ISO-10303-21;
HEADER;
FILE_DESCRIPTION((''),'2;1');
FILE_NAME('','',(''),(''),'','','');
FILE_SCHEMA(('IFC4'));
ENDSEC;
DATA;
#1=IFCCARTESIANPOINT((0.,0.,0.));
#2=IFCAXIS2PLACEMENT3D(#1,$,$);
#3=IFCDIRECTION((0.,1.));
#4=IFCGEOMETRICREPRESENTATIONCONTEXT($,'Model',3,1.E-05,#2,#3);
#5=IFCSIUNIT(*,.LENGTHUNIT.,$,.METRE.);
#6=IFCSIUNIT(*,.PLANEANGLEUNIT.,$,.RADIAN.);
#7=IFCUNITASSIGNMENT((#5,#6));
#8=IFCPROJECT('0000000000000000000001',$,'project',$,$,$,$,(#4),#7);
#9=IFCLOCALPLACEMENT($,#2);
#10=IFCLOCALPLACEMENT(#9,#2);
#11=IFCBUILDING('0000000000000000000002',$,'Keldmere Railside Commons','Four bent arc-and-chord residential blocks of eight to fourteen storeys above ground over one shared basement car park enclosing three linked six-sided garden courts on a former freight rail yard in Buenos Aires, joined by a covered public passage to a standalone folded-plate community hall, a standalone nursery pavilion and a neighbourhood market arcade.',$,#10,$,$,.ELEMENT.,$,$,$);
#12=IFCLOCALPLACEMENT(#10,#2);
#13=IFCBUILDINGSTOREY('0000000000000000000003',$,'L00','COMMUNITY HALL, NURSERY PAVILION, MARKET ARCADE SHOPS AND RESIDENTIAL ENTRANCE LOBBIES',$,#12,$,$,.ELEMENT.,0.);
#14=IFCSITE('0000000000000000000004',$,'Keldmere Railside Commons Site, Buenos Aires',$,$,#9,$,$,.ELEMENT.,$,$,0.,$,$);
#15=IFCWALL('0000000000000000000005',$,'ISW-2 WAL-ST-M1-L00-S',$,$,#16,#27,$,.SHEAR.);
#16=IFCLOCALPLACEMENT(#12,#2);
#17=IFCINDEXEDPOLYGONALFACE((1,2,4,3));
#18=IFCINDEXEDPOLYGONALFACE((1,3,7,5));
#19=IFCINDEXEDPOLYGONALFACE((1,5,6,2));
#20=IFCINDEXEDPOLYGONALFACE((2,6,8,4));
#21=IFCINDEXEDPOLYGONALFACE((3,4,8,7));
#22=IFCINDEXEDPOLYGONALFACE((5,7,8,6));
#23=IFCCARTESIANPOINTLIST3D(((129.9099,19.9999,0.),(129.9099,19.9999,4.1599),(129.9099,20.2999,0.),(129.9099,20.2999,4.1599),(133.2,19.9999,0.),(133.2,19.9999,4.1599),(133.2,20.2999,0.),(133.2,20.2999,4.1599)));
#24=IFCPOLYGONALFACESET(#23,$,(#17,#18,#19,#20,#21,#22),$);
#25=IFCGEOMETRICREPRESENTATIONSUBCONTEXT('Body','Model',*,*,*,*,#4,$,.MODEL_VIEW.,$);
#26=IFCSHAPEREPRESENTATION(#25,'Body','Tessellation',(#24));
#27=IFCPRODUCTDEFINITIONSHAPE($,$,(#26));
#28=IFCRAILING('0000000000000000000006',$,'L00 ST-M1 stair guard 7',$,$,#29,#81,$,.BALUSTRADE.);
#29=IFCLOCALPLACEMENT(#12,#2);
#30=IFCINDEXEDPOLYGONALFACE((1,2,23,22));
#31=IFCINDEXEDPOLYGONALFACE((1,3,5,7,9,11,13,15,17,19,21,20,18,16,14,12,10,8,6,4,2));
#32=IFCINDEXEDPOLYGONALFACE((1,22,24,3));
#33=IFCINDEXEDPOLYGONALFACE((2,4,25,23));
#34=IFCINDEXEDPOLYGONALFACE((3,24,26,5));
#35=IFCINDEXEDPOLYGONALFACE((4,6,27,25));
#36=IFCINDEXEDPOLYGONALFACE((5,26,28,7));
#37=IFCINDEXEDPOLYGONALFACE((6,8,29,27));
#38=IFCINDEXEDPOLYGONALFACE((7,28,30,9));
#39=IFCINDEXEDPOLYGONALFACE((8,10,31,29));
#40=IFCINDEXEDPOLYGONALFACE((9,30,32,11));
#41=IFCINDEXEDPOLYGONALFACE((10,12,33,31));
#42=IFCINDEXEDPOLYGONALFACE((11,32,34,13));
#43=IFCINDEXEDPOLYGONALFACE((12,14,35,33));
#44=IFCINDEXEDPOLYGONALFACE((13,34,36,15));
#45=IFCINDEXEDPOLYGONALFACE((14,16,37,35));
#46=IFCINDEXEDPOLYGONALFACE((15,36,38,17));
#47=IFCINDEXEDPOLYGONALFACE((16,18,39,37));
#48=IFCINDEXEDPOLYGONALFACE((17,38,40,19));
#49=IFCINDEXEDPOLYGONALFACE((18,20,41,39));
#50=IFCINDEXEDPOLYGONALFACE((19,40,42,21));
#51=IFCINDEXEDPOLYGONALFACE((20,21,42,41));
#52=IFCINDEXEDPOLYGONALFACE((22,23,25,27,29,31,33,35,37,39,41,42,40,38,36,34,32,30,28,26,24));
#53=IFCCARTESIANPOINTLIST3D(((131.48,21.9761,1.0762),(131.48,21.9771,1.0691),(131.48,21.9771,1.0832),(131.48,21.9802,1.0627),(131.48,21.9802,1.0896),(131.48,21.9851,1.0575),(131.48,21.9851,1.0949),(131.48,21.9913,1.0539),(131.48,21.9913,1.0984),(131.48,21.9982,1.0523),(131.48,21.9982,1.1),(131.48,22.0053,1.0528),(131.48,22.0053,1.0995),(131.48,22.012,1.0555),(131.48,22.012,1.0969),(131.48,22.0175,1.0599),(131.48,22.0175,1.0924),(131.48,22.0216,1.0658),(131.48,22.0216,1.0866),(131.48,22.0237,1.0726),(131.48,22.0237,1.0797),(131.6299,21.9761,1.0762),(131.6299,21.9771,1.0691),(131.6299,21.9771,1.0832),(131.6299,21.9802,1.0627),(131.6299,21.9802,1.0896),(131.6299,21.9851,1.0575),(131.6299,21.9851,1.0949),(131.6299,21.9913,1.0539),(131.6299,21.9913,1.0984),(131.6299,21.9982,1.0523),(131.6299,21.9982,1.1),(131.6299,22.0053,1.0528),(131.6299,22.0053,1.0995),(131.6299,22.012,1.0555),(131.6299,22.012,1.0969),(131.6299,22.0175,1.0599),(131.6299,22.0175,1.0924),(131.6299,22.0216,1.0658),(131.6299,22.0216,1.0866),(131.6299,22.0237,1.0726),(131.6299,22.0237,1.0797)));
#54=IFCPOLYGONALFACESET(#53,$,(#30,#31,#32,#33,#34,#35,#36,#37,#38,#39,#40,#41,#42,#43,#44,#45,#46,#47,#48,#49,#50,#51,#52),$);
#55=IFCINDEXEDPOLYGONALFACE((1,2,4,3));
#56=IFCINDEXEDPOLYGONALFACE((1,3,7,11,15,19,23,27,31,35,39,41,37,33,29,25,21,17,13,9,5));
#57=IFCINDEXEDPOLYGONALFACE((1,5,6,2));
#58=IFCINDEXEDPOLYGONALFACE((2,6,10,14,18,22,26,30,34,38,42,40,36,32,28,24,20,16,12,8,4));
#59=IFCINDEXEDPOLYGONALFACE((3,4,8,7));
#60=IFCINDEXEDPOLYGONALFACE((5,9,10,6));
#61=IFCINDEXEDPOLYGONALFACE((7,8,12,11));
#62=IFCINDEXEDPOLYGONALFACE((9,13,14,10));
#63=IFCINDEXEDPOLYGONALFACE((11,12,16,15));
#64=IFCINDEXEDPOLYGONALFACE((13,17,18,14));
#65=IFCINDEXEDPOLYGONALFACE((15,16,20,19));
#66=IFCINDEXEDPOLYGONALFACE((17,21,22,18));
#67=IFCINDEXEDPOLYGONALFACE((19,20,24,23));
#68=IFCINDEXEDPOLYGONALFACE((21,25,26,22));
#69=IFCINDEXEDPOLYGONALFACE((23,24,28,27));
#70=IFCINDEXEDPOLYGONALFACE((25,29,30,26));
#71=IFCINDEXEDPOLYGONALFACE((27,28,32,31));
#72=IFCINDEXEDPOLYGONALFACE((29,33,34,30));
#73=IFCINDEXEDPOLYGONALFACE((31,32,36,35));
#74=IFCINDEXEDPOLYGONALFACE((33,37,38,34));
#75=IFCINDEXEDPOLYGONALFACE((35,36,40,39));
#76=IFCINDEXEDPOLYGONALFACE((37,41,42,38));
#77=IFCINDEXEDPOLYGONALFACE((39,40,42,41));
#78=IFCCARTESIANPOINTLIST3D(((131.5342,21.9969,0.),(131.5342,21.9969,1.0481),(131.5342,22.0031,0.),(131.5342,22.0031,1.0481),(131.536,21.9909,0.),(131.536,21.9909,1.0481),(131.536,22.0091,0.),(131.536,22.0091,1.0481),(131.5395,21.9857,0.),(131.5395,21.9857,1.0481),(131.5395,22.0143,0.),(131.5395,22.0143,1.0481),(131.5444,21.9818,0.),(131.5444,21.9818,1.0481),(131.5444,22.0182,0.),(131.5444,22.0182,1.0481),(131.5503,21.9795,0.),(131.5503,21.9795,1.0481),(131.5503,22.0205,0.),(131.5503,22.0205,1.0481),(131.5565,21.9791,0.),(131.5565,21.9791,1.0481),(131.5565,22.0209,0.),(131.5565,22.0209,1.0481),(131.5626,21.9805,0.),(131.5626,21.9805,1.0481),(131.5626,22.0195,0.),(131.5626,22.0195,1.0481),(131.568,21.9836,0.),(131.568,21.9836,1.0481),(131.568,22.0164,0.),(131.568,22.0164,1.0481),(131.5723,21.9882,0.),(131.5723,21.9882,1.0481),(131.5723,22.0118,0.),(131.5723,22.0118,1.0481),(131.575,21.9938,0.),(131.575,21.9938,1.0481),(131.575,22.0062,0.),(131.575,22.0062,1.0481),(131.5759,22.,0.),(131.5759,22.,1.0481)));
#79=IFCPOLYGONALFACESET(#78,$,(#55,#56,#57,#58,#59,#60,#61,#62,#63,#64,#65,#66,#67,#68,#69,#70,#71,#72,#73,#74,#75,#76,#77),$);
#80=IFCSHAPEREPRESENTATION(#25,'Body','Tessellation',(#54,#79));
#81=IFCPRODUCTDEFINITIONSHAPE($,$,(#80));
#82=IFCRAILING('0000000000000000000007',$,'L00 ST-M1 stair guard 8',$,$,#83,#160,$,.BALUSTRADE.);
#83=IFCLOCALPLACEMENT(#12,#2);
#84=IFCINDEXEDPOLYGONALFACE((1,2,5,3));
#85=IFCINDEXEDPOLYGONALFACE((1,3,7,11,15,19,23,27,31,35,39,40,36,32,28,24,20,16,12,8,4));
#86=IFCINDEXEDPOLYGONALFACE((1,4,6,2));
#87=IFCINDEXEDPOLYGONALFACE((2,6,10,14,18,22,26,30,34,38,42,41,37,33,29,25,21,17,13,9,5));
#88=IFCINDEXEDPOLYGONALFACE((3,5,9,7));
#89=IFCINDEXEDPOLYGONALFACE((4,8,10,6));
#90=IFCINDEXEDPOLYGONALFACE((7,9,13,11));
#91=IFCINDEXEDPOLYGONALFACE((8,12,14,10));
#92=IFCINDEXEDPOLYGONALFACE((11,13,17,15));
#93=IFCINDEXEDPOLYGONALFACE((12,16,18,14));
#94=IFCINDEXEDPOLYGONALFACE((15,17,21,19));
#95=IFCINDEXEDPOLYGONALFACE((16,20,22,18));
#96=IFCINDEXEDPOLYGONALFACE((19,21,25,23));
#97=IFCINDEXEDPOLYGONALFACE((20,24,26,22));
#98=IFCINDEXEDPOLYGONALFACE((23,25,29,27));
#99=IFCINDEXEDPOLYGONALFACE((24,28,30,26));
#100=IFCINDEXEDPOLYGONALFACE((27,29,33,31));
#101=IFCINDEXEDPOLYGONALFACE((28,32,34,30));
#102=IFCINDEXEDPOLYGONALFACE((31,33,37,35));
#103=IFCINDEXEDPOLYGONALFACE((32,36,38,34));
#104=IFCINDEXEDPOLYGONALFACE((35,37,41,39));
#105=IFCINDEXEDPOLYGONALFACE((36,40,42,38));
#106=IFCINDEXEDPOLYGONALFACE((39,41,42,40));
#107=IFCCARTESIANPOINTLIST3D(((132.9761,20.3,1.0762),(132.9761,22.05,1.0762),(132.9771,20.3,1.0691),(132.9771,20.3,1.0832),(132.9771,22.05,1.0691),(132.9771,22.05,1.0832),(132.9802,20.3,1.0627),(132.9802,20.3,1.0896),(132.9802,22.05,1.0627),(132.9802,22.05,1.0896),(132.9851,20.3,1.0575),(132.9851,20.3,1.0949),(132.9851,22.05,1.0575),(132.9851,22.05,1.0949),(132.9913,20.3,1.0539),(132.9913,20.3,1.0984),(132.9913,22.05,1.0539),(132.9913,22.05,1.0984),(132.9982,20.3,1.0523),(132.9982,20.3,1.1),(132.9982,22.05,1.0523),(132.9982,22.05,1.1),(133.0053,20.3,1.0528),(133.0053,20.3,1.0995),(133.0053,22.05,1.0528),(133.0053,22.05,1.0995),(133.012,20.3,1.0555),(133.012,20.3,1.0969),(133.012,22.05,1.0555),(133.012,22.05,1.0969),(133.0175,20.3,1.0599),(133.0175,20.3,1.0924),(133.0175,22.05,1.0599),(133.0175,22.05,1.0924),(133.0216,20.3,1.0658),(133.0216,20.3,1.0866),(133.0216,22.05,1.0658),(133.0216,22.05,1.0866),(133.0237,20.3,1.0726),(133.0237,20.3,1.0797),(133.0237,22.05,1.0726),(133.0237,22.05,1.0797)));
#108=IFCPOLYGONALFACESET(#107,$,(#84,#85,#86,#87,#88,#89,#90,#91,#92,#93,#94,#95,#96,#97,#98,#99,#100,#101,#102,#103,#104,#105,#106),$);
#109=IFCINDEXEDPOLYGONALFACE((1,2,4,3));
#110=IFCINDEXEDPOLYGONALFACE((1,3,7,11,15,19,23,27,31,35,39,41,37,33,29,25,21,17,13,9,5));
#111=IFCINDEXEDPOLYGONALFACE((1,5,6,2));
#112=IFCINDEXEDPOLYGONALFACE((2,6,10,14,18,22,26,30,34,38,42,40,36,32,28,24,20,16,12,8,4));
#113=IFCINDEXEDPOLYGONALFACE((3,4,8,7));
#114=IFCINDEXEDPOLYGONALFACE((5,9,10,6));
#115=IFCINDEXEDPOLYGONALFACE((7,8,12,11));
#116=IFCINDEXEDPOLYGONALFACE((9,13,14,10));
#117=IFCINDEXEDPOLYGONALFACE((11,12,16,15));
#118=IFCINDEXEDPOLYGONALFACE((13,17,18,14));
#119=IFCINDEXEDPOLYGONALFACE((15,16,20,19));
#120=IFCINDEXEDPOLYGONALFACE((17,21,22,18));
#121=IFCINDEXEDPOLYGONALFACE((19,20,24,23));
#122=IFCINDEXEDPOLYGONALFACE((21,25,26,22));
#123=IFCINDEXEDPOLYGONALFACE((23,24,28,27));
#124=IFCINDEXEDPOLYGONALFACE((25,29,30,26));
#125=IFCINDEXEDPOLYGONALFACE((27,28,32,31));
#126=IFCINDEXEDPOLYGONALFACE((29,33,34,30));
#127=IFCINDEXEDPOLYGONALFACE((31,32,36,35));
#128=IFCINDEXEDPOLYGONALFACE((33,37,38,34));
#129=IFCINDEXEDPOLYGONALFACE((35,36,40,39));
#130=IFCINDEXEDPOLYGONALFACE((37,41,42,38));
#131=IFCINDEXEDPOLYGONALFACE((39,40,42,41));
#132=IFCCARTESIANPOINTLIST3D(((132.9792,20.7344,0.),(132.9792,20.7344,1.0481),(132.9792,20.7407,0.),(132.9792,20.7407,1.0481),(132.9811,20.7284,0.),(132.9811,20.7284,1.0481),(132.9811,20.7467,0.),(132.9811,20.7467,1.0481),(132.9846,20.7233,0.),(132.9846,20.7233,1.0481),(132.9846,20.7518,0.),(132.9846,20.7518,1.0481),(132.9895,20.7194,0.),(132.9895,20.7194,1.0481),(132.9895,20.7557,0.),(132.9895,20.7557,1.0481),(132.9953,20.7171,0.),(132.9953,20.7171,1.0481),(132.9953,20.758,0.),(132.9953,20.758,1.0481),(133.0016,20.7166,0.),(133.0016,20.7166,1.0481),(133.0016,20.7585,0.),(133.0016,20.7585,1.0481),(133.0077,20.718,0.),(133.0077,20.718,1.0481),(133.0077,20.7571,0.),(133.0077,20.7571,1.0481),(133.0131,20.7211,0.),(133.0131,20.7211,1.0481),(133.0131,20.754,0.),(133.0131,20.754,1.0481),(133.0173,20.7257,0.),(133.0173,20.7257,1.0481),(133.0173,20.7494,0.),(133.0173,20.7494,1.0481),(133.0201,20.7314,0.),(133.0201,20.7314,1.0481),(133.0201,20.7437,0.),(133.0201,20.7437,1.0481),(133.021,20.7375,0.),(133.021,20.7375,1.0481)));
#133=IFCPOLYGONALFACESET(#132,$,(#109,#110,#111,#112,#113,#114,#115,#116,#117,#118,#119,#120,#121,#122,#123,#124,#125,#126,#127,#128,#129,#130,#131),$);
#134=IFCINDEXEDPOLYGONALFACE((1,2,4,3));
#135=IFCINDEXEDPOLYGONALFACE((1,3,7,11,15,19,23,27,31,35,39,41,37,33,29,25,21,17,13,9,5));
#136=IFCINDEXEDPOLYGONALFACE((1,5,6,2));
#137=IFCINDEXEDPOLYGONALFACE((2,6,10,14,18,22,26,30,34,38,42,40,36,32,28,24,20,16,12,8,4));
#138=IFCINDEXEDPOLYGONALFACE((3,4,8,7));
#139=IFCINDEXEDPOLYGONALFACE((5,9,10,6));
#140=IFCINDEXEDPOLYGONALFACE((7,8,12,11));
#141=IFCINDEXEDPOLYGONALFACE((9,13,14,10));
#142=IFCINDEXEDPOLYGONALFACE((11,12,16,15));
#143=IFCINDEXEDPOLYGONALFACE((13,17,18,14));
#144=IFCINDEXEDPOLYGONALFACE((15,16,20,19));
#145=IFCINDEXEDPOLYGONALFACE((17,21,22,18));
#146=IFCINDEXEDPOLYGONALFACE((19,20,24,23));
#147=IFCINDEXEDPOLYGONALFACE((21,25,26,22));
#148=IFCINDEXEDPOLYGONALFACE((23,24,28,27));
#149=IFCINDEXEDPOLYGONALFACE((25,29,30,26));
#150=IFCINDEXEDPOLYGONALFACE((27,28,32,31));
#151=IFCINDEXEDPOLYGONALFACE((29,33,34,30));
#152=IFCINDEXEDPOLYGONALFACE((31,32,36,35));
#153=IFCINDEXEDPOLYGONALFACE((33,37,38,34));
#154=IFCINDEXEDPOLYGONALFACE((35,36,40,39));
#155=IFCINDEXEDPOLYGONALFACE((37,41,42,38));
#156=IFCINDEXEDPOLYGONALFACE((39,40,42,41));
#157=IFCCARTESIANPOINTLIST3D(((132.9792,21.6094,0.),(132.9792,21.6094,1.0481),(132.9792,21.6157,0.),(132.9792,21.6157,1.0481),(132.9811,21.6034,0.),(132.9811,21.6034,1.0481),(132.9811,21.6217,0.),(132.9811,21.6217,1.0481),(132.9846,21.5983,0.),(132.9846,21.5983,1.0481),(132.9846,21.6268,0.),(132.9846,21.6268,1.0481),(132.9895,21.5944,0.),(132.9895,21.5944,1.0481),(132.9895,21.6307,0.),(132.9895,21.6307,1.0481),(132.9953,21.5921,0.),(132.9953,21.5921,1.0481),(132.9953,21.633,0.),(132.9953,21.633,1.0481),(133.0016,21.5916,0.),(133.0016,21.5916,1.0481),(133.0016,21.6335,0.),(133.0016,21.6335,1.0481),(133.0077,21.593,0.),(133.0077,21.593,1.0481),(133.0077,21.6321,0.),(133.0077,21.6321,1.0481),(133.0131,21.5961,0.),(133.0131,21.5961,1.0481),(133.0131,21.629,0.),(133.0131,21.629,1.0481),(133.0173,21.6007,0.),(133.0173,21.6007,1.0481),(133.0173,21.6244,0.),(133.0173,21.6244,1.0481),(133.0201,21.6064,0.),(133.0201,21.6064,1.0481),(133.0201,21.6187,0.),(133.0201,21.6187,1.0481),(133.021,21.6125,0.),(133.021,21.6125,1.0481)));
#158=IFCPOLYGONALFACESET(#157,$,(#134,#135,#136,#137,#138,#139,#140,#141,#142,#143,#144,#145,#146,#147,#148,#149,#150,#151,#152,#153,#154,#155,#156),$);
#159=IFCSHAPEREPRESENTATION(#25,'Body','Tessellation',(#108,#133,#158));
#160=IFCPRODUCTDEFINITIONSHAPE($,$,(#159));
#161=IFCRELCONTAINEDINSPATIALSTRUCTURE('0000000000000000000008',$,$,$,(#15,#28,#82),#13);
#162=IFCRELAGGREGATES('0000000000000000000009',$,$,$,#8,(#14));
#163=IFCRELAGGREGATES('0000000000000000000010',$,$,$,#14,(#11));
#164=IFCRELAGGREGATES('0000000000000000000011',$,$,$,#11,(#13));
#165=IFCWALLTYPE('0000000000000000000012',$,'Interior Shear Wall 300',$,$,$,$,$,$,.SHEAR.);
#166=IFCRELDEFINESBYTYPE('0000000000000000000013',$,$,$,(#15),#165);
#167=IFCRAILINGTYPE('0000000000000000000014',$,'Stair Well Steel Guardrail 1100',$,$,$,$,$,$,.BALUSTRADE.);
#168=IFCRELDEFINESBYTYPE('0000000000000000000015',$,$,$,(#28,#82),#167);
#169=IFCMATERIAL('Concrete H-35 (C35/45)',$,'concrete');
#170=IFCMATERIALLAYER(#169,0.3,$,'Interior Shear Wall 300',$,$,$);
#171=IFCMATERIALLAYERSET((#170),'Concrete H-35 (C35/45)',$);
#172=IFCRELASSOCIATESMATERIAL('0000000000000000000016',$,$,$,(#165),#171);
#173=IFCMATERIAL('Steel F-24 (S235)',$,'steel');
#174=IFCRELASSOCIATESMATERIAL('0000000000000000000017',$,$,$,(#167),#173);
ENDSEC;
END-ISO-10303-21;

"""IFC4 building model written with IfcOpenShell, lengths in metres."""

from ifc_helpers import new_model, si_unit, direction, frame, frame_2d, origin, origin_2d, place, context, subcontext, project, spatial, rectangle, circle, extrude, material, layer, layer_set, type_object, element, save


model = new_model("IFC4")

# Units and contexts
model_context = context("Model", 3, precision=1e-05, world=origin(), true_north=direction((0.0, 1.0)))
body_context = subcontext(model_context, "Body", "Model", "MODEL_VIEW")
ifc_project = project(units=[si_unit("LENGTHUNIT", "METRE"), si_unit("PLANEANGLEUNIT", "RADIAN")], contexts=[model_context])

# Site, building, storey
site_placement = place(None, origin())
site = spatial("IfcSite", under=ifc_project, at=site_placement, Name="Keldmere Railside Commons Site, Buenos Aires", CompositionType="ELEMENT", RefElevation=0.0)
building_placement = place(site_placement, origin())
building = spatial("IfcBuilding", under=site, at=building_placement, Name="Keldmere Railside Commons", Description="Four bent arc-and-chord residential blocks of eight to fourteen storeys above ground over one shared basement car park enclosing three linked six-sided garden courts on a former freight rail yard in Buenos Aires, joined by a covered public passage to a standalone folded-plate community hall, a standalone nursery pavilion and a neighbourhood market arcade.", CompositionType="ELEMENT")
storey_placement = place(building_placement, origin())
storey = spatial("IfcBuildingStorey", under=building, at=storey_placement, Name="L00", Description="COMMUNITY HALL, NURSERY PAVILION, MARKET ARCADE SHOPS AND RESIDENTIAL ENTRANCE LOBBIES", CompositionType="ELEMENT", Elevation=0.0)

# Shared definitions
ifc_material_1 = material(Name="Concrete H-35 (C35/45)", Category="concrete")

# Shared definitions
ifc_material_2 = material(Name="Steel F-24 (S235)", Category="steel")

# Wall
ifc_layer_1 = layer(ifc_material_1, 0.3, Name="Interior Shear Wall 300")
ifc_layer_set_1 = layer_set([ifc_layer_1], Name="Concrete H-35 (C35/45)")
wall_type_1 = type_object("IfcWallType", Name="Interior Shear Wall 300", PredefinedType="SHEAR", material=ifc_layer_set_1)
wall_1_placement = place(storey_placement, frame((133.2, 20.1499, 0.0), z_axis=(0.0, 0.0, 1.0), x_axis=(-1.0, 0.0, 0.0)))
element("IfcWall", 1, at=wall_1_placement, inside=storey, type_object=wall_type_1, Name="ISW-2 WAL-ST-M1-L00-S", PredefinedType="SHEAR", context=body_context, shape_type="SweptSolid", body=[
    extrude(rectangle(XDim=3.29, YDim=0.3, at=frame_2d((1.645, 0.0))), origin(), (0.0, 0.0, 1.0), 4.1599),
])

# Railings
railing_type = type_object("IfcRailingType", Name="Stair Well Steel Guardrail 1100", PredefinedType="BALUSTRADE", material=ifc_material_2)
railing_1_placement = place(storey_placement, frame((131.6299, 22.0, 0.0)))
element("IfcRailing", 2, at=railing_1_placement, inside=storey, type_object=railing_type, Name="L00 ST-M1 stair guard 7", PredefinedType="BALUSTRADE", context=body_context, shape_type="SweptSolid", body=[
    extrude(circle(Radius=0.0239, at=origin_2d()), frame((0.0, 0.0, 1.0762), z_axis=(-1.0, 0.0, 0.0), x_axis=(0.0, -1.0, 0.0)), (0.0, 0.0, 1.0), 0.1499),
    extrude(circle(Radius=0.021, at=origin_2d()), frame((-0.075, 0.0, 0.0)), (0.0, 0.0, 1.0), 1.0481),
])
railing_2_placement = place(storey_placement, frame((133.0, 20.3, 0.0)))
element("IfcRailing", 3, at=railing_2_placement, inside=storey, type_object=railing_type, Name="L00 ST-M1 stair guard 8", PredefinedType="BALUSTRADE", context=body_context, shape_type="SweptSolid", body=[
    extrude(circle(Radius=0.0239, at=origin_2d()), frame((0.0, 0.0, 1.0762), z_axis=(0.0, 1.0, 0.0), x_axis=(-1.0, 0.0, 0.0)), (0.0, 0.0, 1.0), 1.75),
    extrude(circle(Radius=0.021, at=origin_2d()), frame((0.0, 0.4375, 0.0)), (0.0, 0.0, 1.0), 1.0481),
    extrude(circle(Radius=0.021, at=origin_2d()), frame((0.0, 1.3125, 0.0)), (0.0, 0.0, 1.0), 1.0481),
])

save(model, "model.ifc")
